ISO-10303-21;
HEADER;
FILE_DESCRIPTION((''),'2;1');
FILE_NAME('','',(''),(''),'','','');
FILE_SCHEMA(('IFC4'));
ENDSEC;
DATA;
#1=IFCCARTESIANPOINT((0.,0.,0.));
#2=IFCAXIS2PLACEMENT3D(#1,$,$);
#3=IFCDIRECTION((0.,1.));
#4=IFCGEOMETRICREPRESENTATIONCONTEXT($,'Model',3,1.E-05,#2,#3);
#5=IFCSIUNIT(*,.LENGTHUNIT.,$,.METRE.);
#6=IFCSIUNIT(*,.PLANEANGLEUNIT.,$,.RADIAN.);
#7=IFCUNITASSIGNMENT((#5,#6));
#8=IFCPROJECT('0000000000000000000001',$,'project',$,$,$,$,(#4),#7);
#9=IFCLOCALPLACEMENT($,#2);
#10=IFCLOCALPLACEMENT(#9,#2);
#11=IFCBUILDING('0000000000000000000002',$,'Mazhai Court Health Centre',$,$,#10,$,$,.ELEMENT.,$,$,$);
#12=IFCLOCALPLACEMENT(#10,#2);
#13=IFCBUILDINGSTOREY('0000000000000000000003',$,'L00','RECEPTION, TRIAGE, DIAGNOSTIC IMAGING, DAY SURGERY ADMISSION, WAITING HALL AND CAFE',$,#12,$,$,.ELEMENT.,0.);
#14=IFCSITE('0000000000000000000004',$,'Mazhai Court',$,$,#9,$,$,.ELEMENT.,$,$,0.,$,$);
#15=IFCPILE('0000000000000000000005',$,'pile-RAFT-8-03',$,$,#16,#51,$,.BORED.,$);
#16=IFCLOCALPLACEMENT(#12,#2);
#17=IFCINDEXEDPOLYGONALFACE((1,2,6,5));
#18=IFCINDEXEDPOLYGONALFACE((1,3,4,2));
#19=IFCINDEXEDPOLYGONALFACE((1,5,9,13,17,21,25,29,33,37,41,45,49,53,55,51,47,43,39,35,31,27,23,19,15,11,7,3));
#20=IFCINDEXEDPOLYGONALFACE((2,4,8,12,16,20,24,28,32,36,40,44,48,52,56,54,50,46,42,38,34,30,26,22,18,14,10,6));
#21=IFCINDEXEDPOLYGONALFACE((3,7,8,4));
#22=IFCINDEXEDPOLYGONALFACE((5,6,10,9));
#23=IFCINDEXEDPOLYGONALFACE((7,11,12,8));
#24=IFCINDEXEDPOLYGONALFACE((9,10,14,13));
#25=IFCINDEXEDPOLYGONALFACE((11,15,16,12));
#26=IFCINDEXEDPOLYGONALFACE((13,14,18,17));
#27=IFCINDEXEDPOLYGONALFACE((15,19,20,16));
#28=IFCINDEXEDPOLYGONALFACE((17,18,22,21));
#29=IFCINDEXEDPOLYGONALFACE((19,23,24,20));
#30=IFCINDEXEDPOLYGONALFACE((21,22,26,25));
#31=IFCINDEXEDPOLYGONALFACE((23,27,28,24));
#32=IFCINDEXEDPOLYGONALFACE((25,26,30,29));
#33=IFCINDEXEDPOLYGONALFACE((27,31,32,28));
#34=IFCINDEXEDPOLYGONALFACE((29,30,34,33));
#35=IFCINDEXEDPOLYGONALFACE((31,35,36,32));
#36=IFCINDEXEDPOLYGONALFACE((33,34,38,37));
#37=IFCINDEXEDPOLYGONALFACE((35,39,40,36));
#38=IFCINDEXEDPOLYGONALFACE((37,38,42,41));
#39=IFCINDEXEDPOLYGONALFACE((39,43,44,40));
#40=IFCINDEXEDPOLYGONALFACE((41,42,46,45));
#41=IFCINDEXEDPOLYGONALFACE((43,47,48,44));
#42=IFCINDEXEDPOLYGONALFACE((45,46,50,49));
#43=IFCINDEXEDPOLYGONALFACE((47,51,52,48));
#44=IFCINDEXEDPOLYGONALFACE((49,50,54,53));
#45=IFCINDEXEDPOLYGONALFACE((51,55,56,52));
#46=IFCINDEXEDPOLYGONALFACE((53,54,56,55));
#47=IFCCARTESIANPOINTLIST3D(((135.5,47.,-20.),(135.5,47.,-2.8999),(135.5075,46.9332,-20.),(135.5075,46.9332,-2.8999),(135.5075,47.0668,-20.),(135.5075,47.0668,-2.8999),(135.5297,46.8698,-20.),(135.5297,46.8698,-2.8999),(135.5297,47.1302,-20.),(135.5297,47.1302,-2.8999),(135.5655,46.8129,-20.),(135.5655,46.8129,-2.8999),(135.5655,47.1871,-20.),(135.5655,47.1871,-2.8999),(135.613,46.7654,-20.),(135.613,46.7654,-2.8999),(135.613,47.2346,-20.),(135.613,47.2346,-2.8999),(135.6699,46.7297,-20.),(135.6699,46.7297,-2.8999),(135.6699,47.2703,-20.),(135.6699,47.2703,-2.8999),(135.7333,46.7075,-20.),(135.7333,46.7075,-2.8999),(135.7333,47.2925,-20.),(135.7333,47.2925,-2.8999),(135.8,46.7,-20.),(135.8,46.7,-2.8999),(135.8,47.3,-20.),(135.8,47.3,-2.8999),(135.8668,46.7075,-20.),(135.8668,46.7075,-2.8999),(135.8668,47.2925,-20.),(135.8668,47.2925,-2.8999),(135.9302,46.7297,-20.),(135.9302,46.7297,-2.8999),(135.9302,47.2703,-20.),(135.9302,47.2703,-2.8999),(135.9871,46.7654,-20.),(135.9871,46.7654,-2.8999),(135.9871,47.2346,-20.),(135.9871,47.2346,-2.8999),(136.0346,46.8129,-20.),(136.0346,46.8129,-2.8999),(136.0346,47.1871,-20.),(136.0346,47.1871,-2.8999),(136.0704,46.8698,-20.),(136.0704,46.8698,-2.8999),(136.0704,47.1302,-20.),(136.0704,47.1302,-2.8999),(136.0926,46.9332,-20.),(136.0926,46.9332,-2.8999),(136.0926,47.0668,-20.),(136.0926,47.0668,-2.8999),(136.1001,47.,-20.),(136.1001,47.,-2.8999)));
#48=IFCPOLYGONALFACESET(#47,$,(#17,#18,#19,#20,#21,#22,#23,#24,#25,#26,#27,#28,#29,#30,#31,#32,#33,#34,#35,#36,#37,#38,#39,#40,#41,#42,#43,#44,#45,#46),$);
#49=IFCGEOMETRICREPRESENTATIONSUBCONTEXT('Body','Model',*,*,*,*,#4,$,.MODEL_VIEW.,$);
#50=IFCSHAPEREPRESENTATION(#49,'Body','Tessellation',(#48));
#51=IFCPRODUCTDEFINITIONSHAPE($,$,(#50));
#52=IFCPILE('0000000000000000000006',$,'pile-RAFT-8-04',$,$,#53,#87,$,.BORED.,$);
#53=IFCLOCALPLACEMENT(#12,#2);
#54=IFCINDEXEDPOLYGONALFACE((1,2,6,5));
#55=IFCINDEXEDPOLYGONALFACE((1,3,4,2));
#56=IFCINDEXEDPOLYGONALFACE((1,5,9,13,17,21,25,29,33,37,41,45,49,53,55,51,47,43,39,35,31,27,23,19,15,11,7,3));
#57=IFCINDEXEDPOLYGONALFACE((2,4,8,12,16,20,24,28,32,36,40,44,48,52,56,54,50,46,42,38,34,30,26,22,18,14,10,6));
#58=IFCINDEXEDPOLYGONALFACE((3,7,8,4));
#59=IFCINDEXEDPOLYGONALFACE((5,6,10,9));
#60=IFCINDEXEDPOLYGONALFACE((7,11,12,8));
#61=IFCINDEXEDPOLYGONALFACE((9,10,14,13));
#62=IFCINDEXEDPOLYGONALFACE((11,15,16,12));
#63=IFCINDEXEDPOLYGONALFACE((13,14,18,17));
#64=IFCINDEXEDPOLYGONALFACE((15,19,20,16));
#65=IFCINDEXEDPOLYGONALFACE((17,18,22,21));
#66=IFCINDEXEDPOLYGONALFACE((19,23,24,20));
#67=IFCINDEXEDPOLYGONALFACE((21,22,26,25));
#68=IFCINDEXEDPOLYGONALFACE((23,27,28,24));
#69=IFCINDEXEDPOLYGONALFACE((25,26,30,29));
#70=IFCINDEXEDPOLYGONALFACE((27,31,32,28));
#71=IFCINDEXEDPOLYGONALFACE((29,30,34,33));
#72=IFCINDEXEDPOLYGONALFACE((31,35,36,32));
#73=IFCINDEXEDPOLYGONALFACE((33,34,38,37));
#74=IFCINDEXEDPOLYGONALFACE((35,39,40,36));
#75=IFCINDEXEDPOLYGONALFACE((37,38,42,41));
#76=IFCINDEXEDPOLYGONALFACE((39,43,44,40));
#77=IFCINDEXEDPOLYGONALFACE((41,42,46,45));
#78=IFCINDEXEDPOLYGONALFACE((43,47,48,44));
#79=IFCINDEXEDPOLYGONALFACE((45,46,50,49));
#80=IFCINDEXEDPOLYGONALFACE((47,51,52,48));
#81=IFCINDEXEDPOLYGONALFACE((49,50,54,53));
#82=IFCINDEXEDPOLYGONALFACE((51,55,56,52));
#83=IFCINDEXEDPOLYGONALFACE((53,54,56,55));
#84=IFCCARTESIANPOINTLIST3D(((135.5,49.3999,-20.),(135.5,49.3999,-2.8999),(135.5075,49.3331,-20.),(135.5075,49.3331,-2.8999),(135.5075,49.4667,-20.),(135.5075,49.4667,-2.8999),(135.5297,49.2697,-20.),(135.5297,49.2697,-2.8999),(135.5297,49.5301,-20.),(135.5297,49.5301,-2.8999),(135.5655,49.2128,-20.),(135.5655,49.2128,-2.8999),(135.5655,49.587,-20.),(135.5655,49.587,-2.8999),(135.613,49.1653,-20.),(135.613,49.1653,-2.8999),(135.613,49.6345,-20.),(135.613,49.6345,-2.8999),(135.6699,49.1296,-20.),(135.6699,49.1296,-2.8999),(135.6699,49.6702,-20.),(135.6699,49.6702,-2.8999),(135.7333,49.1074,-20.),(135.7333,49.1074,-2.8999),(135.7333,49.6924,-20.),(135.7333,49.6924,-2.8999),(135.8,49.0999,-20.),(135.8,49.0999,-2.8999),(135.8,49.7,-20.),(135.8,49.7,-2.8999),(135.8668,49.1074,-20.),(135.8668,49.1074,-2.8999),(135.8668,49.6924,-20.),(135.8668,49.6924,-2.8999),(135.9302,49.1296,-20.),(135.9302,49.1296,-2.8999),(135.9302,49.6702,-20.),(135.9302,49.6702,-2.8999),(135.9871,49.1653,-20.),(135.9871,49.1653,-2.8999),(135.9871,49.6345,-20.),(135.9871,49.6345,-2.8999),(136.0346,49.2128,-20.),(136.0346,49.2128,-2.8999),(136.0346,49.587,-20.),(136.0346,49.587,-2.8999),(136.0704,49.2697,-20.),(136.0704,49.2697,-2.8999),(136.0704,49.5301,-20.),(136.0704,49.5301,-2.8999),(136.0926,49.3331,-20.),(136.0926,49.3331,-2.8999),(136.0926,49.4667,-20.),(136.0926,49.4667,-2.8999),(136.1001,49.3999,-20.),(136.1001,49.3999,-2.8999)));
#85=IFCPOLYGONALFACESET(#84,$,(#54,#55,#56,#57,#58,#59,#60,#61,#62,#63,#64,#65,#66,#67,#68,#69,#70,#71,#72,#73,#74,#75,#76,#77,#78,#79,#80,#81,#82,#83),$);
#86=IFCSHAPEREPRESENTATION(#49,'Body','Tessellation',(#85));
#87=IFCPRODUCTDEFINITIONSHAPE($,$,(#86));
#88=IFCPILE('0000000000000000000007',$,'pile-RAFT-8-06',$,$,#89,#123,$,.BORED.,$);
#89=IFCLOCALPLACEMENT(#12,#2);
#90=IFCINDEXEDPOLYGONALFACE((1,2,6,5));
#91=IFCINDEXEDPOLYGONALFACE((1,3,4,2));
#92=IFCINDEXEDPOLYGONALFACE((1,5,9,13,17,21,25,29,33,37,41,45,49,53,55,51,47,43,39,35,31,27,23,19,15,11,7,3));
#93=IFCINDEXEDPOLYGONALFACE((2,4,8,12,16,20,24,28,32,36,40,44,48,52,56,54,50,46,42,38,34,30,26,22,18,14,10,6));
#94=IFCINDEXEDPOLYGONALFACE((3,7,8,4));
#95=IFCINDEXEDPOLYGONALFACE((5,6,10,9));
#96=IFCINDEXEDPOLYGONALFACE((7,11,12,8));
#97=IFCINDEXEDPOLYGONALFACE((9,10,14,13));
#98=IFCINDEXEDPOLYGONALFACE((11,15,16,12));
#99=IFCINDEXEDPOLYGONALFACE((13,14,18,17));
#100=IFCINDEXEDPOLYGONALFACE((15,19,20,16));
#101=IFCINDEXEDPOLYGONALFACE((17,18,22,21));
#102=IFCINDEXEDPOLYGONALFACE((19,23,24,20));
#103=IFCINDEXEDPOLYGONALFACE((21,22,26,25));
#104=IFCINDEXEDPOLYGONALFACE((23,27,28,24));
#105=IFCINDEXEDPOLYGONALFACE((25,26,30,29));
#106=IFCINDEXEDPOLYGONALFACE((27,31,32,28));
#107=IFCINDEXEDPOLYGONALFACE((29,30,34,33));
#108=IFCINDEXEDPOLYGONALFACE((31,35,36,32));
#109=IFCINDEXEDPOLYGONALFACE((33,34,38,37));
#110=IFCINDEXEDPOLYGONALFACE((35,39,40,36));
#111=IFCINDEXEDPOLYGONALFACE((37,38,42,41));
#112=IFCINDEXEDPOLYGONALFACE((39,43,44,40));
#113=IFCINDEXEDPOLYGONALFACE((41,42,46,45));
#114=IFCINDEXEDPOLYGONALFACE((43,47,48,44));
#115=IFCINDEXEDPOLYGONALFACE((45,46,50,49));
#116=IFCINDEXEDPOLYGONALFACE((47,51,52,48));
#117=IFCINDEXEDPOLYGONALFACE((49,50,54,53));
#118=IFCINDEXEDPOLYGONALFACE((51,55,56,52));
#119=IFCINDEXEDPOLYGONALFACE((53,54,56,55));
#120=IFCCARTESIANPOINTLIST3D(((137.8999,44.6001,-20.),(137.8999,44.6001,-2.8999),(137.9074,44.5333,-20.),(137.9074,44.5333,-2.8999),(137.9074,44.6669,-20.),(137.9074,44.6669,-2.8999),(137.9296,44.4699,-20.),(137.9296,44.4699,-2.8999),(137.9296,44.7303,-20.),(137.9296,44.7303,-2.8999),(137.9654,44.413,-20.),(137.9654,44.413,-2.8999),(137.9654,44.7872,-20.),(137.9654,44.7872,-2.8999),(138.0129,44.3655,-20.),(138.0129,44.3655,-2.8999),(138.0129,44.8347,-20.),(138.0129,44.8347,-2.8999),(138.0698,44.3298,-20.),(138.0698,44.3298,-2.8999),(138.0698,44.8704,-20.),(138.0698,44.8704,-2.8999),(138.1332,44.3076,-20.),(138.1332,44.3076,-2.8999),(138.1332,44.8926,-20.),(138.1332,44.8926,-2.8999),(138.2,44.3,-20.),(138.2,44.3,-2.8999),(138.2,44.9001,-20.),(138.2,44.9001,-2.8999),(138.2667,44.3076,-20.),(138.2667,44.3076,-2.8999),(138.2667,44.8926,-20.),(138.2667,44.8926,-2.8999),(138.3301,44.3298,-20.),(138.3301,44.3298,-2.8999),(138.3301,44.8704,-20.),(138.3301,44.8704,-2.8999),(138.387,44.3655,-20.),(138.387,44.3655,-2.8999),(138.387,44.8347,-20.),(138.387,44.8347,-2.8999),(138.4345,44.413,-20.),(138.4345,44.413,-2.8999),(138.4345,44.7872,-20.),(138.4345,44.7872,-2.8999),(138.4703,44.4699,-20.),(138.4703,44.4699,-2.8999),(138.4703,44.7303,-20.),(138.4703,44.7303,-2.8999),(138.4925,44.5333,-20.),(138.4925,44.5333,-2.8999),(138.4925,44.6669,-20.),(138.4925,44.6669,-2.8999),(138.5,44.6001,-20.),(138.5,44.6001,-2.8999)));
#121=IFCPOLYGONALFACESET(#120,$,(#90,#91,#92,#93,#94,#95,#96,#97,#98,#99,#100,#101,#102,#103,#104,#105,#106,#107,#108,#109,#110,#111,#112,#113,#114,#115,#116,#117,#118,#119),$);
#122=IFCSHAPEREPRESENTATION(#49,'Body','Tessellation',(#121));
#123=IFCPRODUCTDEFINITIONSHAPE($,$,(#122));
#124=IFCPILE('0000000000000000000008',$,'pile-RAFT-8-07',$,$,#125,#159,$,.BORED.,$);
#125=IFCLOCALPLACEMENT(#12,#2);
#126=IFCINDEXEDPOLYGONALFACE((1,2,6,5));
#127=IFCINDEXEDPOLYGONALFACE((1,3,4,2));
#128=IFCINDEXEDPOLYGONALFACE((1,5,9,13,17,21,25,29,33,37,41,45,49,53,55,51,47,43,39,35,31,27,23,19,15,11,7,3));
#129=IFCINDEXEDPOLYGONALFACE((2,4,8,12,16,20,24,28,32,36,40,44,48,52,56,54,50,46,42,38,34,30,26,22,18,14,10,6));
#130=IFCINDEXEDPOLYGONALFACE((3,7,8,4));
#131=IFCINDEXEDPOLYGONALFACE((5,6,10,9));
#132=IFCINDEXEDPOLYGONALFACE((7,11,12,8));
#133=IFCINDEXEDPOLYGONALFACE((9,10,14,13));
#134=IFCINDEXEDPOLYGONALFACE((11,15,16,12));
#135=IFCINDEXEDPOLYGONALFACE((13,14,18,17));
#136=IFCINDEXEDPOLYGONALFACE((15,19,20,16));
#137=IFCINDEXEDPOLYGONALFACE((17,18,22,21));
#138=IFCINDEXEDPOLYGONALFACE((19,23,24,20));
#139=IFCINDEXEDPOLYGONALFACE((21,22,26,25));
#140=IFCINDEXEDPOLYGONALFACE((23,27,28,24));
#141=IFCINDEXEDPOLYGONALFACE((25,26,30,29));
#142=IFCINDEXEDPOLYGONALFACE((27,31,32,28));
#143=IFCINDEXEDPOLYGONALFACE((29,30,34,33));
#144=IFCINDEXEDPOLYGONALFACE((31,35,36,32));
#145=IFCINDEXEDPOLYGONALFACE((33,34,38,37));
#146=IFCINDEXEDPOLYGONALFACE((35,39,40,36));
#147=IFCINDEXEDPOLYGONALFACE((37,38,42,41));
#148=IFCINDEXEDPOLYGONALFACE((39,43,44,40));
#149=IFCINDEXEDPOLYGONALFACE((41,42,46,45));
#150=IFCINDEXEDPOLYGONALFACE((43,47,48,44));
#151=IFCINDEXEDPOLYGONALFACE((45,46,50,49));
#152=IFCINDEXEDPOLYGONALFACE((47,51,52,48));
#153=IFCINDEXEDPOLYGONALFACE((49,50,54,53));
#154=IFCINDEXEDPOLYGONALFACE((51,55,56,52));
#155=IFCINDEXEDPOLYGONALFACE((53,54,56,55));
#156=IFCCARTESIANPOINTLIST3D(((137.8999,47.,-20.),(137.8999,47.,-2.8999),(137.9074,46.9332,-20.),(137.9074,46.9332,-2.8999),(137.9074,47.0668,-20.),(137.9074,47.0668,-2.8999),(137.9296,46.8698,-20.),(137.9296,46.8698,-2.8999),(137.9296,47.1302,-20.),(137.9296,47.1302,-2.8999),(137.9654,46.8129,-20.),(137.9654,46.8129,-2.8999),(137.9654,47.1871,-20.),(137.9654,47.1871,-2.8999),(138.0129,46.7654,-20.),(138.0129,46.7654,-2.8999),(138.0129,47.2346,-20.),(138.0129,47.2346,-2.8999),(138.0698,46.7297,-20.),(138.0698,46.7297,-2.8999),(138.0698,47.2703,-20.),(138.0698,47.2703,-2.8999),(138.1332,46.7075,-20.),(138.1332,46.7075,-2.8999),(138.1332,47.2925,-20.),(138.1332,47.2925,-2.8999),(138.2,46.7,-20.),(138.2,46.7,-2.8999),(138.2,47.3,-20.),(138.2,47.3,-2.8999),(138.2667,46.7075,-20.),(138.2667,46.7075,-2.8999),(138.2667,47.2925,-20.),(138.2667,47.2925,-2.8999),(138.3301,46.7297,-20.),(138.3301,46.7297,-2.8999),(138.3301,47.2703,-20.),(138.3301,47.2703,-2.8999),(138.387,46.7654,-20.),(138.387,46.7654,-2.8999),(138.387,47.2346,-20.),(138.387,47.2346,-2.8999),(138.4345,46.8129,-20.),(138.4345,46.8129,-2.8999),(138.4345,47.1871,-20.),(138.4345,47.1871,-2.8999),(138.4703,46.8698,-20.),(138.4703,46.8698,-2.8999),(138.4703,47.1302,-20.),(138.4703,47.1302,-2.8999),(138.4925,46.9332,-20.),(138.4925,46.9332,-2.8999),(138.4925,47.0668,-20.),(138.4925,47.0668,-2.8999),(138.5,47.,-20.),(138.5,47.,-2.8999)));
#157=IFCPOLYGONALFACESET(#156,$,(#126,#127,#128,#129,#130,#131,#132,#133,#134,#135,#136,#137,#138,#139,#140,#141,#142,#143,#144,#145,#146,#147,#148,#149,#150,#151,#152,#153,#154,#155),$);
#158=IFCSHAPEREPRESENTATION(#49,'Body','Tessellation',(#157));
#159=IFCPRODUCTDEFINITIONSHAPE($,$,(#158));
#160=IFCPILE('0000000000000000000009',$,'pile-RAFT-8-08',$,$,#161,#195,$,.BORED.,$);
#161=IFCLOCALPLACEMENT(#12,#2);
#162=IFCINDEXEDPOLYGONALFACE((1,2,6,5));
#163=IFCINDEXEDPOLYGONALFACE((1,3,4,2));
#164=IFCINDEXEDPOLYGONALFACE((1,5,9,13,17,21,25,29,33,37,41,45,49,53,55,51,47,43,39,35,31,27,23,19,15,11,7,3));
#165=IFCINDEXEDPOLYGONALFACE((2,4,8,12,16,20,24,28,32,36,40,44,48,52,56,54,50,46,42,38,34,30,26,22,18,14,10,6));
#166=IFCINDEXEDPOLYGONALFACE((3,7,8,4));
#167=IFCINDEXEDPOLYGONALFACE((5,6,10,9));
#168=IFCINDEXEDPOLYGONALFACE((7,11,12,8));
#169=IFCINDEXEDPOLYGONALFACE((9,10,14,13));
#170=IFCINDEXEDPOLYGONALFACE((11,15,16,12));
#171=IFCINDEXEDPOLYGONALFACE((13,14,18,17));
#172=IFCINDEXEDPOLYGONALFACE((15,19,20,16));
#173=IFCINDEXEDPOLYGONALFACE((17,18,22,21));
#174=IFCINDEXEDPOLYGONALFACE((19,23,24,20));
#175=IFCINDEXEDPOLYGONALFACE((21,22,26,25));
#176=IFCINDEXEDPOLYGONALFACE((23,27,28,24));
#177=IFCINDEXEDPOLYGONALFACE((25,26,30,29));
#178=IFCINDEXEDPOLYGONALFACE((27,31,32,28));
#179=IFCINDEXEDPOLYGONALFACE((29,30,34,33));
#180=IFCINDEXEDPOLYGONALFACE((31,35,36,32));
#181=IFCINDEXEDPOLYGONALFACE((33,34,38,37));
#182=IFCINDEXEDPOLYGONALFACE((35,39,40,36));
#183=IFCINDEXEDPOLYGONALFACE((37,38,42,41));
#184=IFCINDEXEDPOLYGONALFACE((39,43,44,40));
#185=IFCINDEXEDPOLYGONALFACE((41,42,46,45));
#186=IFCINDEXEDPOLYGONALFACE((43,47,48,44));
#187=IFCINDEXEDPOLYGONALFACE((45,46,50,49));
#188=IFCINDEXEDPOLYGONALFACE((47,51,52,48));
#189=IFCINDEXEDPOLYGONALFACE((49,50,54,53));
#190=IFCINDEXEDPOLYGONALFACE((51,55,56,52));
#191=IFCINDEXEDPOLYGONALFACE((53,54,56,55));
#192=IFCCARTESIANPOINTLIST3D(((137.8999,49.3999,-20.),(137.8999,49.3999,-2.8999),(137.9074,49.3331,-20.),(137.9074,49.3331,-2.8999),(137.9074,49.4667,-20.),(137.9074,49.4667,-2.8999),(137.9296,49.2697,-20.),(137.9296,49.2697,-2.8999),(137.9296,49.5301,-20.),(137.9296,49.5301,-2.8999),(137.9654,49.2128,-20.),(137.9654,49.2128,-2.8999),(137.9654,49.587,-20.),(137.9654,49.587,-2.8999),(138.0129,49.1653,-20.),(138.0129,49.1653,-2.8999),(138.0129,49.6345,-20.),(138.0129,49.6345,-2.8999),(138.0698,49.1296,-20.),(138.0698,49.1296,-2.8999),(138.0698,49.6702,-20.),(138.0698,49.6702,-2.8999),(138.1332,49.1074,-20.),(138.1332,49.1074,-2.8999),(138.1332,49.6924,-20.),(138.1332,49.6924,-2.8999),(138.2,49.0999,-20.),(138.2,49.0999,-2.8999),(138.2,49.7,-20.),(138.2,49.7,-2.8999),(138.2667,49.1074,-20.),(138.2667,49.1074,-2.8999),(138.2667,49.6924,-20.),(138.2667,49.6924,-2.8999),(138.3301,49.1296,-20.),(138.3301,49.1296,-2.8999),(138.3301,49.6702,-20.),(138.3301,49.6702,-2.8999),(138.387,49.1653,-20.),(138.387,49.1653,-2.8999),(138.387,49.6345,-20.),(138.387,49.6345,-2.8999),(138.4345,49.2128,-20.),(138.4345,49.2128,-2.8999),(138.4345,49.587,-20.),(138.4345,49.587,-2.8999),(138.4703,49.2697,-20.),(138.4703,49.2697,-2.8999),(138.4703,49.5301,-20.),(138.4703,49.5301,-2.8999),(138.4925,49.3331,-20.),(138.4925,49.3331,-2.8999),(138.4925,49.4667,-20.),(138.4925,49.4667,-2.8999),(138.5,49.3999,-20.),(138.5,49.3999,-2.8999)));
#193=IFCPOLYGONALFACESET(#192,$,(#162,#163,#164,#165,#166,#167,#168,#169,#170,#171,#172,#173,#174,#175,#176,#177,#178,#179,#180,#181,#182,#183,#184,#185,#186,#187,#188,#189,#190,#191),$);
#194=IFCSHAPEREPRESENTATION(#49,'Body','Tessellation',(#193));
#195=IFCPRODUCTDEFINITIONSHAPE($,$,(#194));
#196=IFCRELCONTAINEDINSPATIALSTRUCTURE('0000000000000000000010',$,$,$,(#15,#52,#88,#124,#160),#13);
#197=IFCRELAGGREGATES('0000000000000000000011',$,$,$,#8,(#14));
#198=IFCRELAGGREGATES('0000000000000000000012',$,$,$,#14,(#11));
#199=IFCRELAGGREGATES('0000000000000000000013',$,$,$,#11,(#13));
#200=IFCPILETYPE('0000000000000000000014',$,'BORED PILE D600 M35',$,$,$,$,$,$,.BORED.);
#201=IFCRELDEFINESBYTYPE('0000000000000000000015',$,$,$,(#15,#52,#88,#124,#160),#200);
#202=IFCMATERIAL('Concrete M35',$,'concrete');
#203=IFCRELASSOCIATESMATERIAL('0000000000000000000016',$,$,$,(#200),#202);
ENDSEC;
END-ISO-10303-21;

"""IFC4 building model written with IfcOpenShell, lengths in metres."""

from ifc_helpers import new_model, si_unit, direction, frame, origin, origin_2d, place, context, subcontext, project, spatial, circle, extrude, material, material_profile, profile_set, type_object, element, save


model = new_model("IFC4")

# Units and contexts
model_context = context("Model", 3, precision=1e-05, world=origin(), true_north=direction((0.0, 1.0)))
body_context = subcontext(model_context, "Body", "Model", "MODEL_VIEW")
ifc_project = project(units=[si_unit("LENGTHUNIT", "METRE"), si_unit("PLANEANGLEUNIT", "RADIAN")], contexts=[model_context])

# Site, building, storey
site_placement = place(None, origin())
site = spatial("IfcSite", under=ifc_project, at=site_placement, Name="Mazhai Court", CompositionType="ELEMENT", RefElevation=0.0)
building_placement = place(site_placement, origin())
building = spatial("IfcBuilding", under=site, at=building_placement, Name="Mazhai Court Health Centre", CompositionType="ELEMENT")
storey_placement = place(building_placement, origin())
storey = spatial("IfcBuildingStorey", under=building, at=storey_placement, Name="L00", Description="RECEPTION, TRIAGE, DIAGNOSTIC IMAGING, DAY SURGERY ADMISSION, WAITING HALL AND CAFE", CompositionType="ELEMENT", Elevation=0.0)

# Piles
ifc_material_1 = material(Name="Concrete M35", Category="concrete")
ifc_material_profile_1 = material_profile(ifc_material_1, circle(Radius=0.3, at=origin_2d()), Name="RC PILE D600")
ifc_profile_set_1 = profile_set([ifc_material_profile_1], Name="Concrete M35")
pile_type = type_object("IfcPileType", Name="BORED PILE D600 M35", PredefinedType="BORED", material=ifc_profile_set_1)
for number, where, z_axis, x_axis, name in (
    (1, (135.8, 47.0, -2.8999), (0.0, 0.0, -1.0), (1.0, 0.0, 0.0), "pile-RAFT-8-03"),
    (2, (135.8, 49.3999, -2.8999), (0.0, 0.0, -1.0), (1.0, 0.0, 0.0), "pile-RAFT-8-04"),
    (3, (138.2, 44.6001, -2.8999), (0.0, 0.0, -1.0), (1.0, 0.0, 0.0), "pile-RAFT-8-06"),
    (4, (138.2, 47.0, -2.8999), (0.0, 0.0, -1.0), (1.0, 0.0, 0.0), "pile-RAFT-8-07"),
    (5, (138.2, 49.3999, -2.8999), (0.0, 0.0, -1.0), (1.0, 0.0, 0.0), "pile-RAFT-8-08"),
):
    element("IfcPile", number, at=place(storey_placement, frame(where, z_axis=z_axis, x_axis=x_axis)), inside=storey, type_object=pile_type, Name=name, PredefinedType="BORED", context=body_context, shape_type="SweptSolid", body=[
        extrude(circle(Radius=0.3, at=origin_2d()), origin(), (0.0, 0.0, 1.0), 17.1001),
    ])

save(model, "model.ifc")
